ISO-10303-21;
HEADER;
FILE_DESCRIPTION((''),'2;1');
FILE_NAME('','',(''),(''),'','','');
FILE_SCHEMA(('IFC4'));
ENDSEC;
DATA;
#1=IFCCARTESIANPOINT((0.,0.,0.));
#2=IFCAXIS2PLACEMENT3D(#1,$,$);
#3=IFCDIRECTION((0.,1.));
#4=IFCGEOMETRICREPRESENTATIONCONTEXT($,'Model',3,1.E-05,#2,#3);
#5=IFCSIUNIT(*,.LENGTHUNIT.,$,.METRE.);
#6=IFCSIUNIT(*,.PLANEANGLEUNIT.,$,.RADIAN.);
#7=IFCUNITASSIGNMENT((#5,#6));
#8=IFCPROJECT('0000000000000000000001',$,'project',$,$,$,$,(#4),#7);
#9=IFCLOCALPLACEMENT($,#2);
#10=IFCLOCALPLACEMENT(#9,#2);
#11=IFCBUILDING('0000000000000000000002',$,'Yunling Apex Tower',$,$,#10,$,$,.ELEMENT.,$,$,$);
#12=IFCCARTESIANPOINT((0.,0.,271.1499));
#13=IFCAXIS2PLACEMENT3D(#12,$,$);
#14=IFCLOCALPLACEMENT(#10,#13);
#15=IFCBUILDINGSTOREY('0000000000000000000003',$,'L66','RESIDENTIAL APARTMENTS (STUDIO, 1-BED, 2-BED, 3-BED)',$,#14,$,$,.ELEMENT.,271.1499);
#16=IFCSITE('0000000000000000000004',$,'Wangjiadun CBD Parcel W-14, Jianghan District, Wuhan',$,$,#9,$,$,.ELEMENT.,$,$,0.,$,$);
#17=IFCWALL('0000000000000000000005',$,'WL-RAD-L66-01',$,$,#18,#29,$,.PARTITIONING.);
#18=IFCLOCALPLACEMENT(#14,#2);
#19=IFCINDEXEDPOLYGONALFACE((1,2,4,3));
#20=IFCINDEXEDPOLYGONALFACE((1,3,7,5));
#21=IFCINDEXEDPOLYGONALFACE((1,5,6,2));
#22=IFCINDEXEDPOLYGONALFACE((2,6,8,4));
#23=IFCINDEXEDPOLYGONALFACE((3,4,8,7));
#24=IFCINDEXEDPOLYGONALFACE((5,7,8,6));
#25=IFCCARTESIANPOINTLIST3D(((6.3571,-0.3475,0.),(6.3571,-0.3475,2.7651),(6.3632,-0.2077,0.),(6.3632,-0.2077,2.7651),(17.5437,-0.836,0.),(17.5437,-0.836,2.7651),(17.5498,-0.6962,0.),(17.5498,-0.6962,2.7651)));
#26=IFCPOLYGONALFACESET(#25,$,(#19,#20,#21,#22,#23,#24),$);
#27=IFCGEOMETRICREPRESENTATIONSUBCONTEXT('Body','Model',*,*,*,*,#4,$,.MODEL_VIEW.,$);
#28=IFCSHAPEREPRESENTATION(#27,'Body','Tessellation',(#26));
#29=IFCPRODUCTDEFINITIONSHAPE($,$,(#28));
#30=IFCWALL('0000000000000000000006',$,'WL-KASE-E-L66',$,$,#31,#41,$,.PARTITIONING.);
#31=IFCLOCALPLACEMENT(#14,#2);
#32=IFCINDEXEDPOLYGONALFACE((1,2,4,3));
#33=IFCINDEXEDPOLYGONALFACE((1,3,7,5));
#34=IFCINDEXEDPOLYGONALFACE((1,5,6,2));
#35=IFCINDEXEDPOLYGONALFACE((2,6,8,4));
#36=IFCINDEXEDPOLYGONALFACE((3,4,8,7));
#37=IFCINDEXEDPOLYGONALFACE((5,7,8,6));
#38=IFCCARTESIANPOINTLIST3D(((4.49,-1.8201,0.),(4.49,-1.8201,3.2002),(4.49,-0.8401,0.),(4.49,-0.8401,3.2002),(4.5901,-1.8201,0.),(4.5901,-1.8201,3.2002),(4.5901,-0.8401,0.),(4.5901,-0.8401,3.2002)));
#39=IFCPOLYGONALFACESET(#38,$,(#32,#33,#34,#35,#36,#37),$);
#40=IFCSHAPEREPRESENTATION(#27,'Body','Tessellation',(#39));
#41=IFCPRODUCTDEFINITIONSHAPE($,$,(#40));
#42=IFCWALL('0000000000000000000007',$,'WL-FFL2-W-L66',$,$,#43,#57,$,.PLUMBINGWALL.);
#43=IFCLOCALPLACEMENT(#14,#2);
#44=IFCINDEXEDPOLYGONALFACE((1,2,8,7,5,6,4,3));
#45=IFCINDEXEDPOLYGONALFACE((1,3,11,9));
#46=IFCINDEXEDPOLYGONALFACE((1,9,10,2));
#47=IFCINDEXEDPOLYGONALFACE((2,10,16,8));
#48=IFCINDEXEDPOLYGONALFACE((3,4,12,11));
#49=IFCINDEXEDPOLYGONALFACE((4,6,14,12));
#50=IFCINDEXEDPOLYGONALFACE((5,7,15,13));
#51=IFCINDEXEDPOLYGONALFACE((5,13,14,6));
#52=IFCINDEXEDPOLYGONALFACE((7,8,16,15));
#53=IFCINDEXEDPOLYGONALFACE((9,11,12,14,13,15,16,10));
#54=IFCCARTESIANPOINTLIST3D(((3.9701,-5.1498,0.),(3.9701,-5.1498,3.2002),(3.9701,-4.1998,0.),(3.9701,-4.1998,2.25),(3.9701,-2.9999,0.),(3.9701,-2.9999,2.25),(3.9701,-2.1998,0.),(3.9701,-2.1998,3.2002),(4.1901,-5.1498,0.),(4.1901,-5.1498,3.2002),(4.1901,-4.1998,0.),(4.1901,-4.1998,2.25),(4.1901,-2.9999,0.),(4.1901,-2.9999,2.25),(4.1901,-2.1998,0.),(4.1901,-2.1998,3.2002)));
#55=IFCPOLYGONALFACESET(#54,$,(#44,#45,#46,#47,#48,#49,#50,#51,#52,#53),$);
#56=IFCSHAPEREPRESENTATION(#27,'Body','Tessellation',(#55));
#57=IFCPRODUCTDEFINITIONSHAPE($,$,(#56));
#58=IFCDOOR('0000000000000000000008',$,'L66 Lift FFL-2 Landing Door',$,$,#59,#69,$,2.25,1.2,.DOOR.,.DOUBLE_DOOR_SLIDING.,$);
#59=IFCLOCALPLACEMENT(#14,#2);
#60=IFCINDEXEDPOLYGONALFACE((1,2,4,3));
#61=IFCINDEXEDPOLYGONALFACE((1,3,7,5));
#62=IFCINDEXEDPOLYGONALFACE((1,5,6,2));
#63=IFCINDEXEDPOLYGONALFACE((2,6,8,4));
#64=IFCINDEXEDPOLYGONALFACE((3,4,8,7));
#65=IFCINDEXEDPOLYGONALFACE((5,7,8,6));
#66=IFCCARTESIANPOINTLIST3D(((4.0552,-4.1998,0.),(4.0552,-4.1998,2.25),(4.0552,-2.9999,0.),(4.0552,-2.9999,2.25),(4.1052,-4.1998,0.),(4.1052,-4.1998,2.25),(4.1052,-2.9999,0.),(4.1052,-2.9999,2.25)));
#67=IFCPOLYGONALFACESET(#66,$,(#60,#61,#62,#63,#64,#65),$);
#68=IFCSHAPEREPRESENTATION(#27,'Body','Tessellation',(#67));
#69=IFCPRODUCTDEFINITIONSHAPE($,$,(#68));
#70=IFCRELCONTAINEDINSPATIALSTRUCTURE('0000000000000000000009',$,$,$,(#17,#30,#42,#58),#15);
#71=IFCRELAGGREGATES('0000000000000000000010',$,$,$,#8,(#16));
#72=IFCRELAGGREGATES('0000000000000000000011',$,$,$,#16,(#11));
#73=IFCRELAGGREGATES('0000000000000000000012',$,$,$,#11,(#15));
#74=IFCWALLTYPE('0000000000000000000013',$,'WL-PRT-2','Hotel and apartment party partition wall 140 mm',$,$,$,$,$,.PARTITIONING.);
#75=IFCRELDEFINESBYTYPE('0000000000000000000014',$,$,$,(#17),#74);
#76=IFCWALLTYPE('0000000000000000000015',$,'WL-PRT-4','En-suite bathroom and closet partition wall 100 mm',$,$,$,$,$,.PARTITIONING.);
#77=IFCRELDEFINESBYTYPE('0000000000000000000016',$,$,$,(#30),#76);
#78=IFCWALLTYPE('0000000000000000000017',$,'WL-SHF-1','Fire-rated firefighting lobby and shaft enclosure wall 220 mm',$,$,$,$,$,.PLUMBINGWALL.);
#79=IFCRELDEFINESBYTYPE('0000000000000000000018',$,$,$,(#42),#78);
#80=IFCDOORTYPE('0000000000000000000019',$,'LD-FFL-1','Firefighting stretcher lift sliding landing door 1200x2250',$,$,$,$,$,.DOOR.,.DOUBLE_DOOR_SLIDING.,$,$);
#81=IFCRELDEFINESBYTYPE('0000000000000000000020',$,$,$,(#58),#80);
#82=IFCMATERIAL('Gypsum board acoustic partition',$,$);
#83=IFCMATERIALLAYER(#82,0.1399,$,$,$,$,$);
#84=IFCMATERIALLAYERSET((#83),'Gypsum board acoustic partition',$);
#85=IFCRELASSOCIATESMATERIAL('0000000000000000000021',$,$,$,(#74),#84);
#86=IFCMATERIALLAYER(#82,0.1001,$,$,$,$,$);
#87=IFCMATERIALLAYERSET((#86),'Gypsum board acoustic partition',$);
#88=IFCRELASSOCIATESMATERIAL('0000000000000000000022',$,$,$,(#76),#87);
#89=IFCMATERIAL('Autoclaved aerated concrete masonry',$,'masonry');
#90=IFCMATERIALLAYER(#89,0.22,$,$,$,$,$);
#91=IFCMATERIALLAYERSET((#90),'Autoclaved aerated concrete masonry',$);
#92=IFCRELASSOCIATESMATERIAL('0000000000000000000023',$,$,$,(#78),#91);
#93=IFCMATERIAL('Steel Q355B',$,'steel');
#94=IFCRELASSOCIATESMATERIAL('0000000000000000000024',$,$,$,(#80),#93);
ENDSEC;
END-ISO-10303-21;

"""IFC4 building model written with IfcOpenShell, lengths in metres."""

from ifc_helpers import new_model, si_unit, direction, frame, frame_2d, origin, place, context, subcontext, project, spatial, rectangle, extrude, material, layer, layer_set, type_object, element, fill, save


model = new_model("IFC4")

# Units and contexts
model_context = context("Model", 3, precision=1e-05, world=origin(), true_north=direction((0.0, 1.0)))
body_context = subcontext(model_context, "Body", "Model", "MODEL_VIEW")
ifc_project = project(units=[si_unit("LENGTHUNIT", "METRE"), si_unit("PLANEANGLEUNIT", "RADIAN")], contexts=[model_context])

# Site, building, storey
site_placement = place(None, origin())
site = spatial("IfcSite", under=ifc_project, at=site_placement, Name="Wangjiadun CBD Parcel W-14, Jianghan District, Wuhan", CompositionType="ELEMENT", RefElevation=0.0)
building_placement = place(site_placement, origin())
building = spatial("IfcBuilding", under=site, at=building_placement, Name="Yunling Apex Tower", CompositionType="ELEMENT")
storey_placement = place(building_placement, frame((0.0, 0.0, 271.1499)))
storey = spatial("IfcBuildingStorey", under=building, at=storey_placement, Name="L66", Description="RESIDENTIAL APARTMENTS (STUDIO, 1-BED, 2-BED, 3-BED)", CompositionType="ELEMENT", Elevation=271.1499)

# Shared definitions
ifc_material_1 = material(Name="Steel Q355B", Category="steel")

# Shared definitions
ifc_material_2 = material(Name="Gypsum board acoustic partition")

# Walls
ifc_layer_1 = layer(ifc_material_2, 0.1399)
ifc_layer_set_1 = layer_set([ifc_layer_1], Name="Gypsum board acoustic partition")
wall_type_1 = type_object("IfcWallType", Name="WL-PRT-2", Description="Hotel and apartment party partition wall 140 mm", PredefinedType="PARTITIONING", material=ifc_layer_set_1)
wall_1_placement = place(storey_placement, frame((6.3601, -0.2776, 0.0), z_axis=(0.0, 0.0, 1.0), x_axis=(0.999048, -0.043629, 0.0)))
element("IfcWall", 1, at=wall_1_placement, inside=storey, type_object=wall_type_1, Name="WL-RAD-L66-01", PredefinedType="PARTITIONING", context=body_context, shape_type="SweptSolid", body=[
    extrude(rectangle(XDim=11.1973, YDim=0.1399, at=frame_2d((5.5986, 0.0))), origin(), (0.0, 0.0, 1.0), 2.7651),
])
ifc_layer_2 = layer(ifc_material_2, 0.1001)
ifc_layer_set_2 = layer_set([ifc_layer_2], Name="Gypsum board acoustic partition")
wall_type_2 = type_object("IfcWallType", Name="WL-PRT-4", Description="En-suite bathroom and closet partition wall 100 mm", PredefinedType="PARTITIONING", material=ifc_layer_set_2)
wall_2_placement = place(storey_placement, frame((4.54, -1.8201, 0.0), z_axis=(0.0, 0.0, 1.0), x_axis=(0.0, 1.0, 0.0)))
element("IfcWall", 2, at=wall_2_placement, inside=storey, type_object=wall_type_2, Name="WL-KASE-E-L66", PredefinedType="PARTITIONING", context=body_context, shape_type="SweptSolid", body=[
    extrude(rectangle(XDim=0.98, YDim=0.1001, at=frame_2d((0.49, 0.0))), origin(), (0.0, 0.0, 1.0), 3.2002),
])

# Wall, opening, door
ifc_material_3 = material(Name="Autoclaved aerated concrete masonry", Category="masonry")
ifc_layer_3 = layer(ifc_material_3, 0.22)
ifc_layer_set_3 = layer_set([ifc_layer_3], Name="Autoclaved aerated concrete masonry")
wall_type_3 = type_object("IfcWallType", Name="WL-SHF-1", Description="Fire-rated firefighting lobby and shaft enclosure wall 220 mm", PredefinedType="PLUMBINGWALL", material=ifc_layer_set_3)
wall_3_placement = place(storey_placement, frame((4.0801, -5.1499, 0.0), z_axis=(0.0, 0.0, 1.0), x_axis=(0.0, 1.0, 0.0)))
wall_3 = element("IfcWall", 3, at=wall_3_placement, inside=storey, type_object=wall_type_3, Name="WL-FFL2-W-L66", PredefinedType="PLUMBINGWALL", context=body_context, shape_type="SweptSolid", body=[
    extrude(rectangle(XDim=2.95, YDim=0.22, at=frame_2d((1.4751, 0.0))), origin(), (0.0, 0.0, 1.0), 3.2002),
])
opening_1_placement = place(wall_3_placement, frame((0.95, 0.0, 0.0)))
opening_1 = element("IfcOpeningElement", 4, at=opening_1_placement, cuts=wall_3, PredefinedType="OPENING", context=body_context, shape_type="SweptSolid", body=[
    extrude(rectangle(XDim=1.2, YDim=2.25, at=frame_2d((0.6001, 1.125))), frame((0.0, 0.1201, 0.0), z_axis=(0.0, -1.0, 0.0), x_axis=(1.0, 0.0, 0.0)), (0.0, 0.0, 1.0), 0.24),
])
door_type_1 = type_object("IfcDoorType", Name="LD-FFL-1", Description="Firefighting stretcher lift sliding landing door 1200x2250", OperationType="DOUBLE_DOOR_SLIDING", PredefinedType="DOOR", material=ifc_material_1)
door_1_placement = place(opening_1_placement, origin())
door_1 = element("IfcDoor", 5, at=door_1_placement, inside=storey, type_object=door_type_1, Name="L66 Lift FFL-2 Landing Door", OperationType="DOUBLE_DOOR_SLIDING", OverallHeight=2.25, OverallWidth=1.2, PredefinedType="DOOR", context=body_context, shape_type="SweptSolid", body=[
    extrude(rectangle(XDim=1.2, YDim=2.25, at=frame_2d((0.6001, 1.125))), frame((0.0, 0.0249, 0.0), z_axis=(0.0, -1.0, 0.0), x_axis=(1.0, 0.0, 0.0)), (0.0, 0.0, 1.0), 0.05),
])
fill(opening_1, door_1)

save(model, "model.ifc")
